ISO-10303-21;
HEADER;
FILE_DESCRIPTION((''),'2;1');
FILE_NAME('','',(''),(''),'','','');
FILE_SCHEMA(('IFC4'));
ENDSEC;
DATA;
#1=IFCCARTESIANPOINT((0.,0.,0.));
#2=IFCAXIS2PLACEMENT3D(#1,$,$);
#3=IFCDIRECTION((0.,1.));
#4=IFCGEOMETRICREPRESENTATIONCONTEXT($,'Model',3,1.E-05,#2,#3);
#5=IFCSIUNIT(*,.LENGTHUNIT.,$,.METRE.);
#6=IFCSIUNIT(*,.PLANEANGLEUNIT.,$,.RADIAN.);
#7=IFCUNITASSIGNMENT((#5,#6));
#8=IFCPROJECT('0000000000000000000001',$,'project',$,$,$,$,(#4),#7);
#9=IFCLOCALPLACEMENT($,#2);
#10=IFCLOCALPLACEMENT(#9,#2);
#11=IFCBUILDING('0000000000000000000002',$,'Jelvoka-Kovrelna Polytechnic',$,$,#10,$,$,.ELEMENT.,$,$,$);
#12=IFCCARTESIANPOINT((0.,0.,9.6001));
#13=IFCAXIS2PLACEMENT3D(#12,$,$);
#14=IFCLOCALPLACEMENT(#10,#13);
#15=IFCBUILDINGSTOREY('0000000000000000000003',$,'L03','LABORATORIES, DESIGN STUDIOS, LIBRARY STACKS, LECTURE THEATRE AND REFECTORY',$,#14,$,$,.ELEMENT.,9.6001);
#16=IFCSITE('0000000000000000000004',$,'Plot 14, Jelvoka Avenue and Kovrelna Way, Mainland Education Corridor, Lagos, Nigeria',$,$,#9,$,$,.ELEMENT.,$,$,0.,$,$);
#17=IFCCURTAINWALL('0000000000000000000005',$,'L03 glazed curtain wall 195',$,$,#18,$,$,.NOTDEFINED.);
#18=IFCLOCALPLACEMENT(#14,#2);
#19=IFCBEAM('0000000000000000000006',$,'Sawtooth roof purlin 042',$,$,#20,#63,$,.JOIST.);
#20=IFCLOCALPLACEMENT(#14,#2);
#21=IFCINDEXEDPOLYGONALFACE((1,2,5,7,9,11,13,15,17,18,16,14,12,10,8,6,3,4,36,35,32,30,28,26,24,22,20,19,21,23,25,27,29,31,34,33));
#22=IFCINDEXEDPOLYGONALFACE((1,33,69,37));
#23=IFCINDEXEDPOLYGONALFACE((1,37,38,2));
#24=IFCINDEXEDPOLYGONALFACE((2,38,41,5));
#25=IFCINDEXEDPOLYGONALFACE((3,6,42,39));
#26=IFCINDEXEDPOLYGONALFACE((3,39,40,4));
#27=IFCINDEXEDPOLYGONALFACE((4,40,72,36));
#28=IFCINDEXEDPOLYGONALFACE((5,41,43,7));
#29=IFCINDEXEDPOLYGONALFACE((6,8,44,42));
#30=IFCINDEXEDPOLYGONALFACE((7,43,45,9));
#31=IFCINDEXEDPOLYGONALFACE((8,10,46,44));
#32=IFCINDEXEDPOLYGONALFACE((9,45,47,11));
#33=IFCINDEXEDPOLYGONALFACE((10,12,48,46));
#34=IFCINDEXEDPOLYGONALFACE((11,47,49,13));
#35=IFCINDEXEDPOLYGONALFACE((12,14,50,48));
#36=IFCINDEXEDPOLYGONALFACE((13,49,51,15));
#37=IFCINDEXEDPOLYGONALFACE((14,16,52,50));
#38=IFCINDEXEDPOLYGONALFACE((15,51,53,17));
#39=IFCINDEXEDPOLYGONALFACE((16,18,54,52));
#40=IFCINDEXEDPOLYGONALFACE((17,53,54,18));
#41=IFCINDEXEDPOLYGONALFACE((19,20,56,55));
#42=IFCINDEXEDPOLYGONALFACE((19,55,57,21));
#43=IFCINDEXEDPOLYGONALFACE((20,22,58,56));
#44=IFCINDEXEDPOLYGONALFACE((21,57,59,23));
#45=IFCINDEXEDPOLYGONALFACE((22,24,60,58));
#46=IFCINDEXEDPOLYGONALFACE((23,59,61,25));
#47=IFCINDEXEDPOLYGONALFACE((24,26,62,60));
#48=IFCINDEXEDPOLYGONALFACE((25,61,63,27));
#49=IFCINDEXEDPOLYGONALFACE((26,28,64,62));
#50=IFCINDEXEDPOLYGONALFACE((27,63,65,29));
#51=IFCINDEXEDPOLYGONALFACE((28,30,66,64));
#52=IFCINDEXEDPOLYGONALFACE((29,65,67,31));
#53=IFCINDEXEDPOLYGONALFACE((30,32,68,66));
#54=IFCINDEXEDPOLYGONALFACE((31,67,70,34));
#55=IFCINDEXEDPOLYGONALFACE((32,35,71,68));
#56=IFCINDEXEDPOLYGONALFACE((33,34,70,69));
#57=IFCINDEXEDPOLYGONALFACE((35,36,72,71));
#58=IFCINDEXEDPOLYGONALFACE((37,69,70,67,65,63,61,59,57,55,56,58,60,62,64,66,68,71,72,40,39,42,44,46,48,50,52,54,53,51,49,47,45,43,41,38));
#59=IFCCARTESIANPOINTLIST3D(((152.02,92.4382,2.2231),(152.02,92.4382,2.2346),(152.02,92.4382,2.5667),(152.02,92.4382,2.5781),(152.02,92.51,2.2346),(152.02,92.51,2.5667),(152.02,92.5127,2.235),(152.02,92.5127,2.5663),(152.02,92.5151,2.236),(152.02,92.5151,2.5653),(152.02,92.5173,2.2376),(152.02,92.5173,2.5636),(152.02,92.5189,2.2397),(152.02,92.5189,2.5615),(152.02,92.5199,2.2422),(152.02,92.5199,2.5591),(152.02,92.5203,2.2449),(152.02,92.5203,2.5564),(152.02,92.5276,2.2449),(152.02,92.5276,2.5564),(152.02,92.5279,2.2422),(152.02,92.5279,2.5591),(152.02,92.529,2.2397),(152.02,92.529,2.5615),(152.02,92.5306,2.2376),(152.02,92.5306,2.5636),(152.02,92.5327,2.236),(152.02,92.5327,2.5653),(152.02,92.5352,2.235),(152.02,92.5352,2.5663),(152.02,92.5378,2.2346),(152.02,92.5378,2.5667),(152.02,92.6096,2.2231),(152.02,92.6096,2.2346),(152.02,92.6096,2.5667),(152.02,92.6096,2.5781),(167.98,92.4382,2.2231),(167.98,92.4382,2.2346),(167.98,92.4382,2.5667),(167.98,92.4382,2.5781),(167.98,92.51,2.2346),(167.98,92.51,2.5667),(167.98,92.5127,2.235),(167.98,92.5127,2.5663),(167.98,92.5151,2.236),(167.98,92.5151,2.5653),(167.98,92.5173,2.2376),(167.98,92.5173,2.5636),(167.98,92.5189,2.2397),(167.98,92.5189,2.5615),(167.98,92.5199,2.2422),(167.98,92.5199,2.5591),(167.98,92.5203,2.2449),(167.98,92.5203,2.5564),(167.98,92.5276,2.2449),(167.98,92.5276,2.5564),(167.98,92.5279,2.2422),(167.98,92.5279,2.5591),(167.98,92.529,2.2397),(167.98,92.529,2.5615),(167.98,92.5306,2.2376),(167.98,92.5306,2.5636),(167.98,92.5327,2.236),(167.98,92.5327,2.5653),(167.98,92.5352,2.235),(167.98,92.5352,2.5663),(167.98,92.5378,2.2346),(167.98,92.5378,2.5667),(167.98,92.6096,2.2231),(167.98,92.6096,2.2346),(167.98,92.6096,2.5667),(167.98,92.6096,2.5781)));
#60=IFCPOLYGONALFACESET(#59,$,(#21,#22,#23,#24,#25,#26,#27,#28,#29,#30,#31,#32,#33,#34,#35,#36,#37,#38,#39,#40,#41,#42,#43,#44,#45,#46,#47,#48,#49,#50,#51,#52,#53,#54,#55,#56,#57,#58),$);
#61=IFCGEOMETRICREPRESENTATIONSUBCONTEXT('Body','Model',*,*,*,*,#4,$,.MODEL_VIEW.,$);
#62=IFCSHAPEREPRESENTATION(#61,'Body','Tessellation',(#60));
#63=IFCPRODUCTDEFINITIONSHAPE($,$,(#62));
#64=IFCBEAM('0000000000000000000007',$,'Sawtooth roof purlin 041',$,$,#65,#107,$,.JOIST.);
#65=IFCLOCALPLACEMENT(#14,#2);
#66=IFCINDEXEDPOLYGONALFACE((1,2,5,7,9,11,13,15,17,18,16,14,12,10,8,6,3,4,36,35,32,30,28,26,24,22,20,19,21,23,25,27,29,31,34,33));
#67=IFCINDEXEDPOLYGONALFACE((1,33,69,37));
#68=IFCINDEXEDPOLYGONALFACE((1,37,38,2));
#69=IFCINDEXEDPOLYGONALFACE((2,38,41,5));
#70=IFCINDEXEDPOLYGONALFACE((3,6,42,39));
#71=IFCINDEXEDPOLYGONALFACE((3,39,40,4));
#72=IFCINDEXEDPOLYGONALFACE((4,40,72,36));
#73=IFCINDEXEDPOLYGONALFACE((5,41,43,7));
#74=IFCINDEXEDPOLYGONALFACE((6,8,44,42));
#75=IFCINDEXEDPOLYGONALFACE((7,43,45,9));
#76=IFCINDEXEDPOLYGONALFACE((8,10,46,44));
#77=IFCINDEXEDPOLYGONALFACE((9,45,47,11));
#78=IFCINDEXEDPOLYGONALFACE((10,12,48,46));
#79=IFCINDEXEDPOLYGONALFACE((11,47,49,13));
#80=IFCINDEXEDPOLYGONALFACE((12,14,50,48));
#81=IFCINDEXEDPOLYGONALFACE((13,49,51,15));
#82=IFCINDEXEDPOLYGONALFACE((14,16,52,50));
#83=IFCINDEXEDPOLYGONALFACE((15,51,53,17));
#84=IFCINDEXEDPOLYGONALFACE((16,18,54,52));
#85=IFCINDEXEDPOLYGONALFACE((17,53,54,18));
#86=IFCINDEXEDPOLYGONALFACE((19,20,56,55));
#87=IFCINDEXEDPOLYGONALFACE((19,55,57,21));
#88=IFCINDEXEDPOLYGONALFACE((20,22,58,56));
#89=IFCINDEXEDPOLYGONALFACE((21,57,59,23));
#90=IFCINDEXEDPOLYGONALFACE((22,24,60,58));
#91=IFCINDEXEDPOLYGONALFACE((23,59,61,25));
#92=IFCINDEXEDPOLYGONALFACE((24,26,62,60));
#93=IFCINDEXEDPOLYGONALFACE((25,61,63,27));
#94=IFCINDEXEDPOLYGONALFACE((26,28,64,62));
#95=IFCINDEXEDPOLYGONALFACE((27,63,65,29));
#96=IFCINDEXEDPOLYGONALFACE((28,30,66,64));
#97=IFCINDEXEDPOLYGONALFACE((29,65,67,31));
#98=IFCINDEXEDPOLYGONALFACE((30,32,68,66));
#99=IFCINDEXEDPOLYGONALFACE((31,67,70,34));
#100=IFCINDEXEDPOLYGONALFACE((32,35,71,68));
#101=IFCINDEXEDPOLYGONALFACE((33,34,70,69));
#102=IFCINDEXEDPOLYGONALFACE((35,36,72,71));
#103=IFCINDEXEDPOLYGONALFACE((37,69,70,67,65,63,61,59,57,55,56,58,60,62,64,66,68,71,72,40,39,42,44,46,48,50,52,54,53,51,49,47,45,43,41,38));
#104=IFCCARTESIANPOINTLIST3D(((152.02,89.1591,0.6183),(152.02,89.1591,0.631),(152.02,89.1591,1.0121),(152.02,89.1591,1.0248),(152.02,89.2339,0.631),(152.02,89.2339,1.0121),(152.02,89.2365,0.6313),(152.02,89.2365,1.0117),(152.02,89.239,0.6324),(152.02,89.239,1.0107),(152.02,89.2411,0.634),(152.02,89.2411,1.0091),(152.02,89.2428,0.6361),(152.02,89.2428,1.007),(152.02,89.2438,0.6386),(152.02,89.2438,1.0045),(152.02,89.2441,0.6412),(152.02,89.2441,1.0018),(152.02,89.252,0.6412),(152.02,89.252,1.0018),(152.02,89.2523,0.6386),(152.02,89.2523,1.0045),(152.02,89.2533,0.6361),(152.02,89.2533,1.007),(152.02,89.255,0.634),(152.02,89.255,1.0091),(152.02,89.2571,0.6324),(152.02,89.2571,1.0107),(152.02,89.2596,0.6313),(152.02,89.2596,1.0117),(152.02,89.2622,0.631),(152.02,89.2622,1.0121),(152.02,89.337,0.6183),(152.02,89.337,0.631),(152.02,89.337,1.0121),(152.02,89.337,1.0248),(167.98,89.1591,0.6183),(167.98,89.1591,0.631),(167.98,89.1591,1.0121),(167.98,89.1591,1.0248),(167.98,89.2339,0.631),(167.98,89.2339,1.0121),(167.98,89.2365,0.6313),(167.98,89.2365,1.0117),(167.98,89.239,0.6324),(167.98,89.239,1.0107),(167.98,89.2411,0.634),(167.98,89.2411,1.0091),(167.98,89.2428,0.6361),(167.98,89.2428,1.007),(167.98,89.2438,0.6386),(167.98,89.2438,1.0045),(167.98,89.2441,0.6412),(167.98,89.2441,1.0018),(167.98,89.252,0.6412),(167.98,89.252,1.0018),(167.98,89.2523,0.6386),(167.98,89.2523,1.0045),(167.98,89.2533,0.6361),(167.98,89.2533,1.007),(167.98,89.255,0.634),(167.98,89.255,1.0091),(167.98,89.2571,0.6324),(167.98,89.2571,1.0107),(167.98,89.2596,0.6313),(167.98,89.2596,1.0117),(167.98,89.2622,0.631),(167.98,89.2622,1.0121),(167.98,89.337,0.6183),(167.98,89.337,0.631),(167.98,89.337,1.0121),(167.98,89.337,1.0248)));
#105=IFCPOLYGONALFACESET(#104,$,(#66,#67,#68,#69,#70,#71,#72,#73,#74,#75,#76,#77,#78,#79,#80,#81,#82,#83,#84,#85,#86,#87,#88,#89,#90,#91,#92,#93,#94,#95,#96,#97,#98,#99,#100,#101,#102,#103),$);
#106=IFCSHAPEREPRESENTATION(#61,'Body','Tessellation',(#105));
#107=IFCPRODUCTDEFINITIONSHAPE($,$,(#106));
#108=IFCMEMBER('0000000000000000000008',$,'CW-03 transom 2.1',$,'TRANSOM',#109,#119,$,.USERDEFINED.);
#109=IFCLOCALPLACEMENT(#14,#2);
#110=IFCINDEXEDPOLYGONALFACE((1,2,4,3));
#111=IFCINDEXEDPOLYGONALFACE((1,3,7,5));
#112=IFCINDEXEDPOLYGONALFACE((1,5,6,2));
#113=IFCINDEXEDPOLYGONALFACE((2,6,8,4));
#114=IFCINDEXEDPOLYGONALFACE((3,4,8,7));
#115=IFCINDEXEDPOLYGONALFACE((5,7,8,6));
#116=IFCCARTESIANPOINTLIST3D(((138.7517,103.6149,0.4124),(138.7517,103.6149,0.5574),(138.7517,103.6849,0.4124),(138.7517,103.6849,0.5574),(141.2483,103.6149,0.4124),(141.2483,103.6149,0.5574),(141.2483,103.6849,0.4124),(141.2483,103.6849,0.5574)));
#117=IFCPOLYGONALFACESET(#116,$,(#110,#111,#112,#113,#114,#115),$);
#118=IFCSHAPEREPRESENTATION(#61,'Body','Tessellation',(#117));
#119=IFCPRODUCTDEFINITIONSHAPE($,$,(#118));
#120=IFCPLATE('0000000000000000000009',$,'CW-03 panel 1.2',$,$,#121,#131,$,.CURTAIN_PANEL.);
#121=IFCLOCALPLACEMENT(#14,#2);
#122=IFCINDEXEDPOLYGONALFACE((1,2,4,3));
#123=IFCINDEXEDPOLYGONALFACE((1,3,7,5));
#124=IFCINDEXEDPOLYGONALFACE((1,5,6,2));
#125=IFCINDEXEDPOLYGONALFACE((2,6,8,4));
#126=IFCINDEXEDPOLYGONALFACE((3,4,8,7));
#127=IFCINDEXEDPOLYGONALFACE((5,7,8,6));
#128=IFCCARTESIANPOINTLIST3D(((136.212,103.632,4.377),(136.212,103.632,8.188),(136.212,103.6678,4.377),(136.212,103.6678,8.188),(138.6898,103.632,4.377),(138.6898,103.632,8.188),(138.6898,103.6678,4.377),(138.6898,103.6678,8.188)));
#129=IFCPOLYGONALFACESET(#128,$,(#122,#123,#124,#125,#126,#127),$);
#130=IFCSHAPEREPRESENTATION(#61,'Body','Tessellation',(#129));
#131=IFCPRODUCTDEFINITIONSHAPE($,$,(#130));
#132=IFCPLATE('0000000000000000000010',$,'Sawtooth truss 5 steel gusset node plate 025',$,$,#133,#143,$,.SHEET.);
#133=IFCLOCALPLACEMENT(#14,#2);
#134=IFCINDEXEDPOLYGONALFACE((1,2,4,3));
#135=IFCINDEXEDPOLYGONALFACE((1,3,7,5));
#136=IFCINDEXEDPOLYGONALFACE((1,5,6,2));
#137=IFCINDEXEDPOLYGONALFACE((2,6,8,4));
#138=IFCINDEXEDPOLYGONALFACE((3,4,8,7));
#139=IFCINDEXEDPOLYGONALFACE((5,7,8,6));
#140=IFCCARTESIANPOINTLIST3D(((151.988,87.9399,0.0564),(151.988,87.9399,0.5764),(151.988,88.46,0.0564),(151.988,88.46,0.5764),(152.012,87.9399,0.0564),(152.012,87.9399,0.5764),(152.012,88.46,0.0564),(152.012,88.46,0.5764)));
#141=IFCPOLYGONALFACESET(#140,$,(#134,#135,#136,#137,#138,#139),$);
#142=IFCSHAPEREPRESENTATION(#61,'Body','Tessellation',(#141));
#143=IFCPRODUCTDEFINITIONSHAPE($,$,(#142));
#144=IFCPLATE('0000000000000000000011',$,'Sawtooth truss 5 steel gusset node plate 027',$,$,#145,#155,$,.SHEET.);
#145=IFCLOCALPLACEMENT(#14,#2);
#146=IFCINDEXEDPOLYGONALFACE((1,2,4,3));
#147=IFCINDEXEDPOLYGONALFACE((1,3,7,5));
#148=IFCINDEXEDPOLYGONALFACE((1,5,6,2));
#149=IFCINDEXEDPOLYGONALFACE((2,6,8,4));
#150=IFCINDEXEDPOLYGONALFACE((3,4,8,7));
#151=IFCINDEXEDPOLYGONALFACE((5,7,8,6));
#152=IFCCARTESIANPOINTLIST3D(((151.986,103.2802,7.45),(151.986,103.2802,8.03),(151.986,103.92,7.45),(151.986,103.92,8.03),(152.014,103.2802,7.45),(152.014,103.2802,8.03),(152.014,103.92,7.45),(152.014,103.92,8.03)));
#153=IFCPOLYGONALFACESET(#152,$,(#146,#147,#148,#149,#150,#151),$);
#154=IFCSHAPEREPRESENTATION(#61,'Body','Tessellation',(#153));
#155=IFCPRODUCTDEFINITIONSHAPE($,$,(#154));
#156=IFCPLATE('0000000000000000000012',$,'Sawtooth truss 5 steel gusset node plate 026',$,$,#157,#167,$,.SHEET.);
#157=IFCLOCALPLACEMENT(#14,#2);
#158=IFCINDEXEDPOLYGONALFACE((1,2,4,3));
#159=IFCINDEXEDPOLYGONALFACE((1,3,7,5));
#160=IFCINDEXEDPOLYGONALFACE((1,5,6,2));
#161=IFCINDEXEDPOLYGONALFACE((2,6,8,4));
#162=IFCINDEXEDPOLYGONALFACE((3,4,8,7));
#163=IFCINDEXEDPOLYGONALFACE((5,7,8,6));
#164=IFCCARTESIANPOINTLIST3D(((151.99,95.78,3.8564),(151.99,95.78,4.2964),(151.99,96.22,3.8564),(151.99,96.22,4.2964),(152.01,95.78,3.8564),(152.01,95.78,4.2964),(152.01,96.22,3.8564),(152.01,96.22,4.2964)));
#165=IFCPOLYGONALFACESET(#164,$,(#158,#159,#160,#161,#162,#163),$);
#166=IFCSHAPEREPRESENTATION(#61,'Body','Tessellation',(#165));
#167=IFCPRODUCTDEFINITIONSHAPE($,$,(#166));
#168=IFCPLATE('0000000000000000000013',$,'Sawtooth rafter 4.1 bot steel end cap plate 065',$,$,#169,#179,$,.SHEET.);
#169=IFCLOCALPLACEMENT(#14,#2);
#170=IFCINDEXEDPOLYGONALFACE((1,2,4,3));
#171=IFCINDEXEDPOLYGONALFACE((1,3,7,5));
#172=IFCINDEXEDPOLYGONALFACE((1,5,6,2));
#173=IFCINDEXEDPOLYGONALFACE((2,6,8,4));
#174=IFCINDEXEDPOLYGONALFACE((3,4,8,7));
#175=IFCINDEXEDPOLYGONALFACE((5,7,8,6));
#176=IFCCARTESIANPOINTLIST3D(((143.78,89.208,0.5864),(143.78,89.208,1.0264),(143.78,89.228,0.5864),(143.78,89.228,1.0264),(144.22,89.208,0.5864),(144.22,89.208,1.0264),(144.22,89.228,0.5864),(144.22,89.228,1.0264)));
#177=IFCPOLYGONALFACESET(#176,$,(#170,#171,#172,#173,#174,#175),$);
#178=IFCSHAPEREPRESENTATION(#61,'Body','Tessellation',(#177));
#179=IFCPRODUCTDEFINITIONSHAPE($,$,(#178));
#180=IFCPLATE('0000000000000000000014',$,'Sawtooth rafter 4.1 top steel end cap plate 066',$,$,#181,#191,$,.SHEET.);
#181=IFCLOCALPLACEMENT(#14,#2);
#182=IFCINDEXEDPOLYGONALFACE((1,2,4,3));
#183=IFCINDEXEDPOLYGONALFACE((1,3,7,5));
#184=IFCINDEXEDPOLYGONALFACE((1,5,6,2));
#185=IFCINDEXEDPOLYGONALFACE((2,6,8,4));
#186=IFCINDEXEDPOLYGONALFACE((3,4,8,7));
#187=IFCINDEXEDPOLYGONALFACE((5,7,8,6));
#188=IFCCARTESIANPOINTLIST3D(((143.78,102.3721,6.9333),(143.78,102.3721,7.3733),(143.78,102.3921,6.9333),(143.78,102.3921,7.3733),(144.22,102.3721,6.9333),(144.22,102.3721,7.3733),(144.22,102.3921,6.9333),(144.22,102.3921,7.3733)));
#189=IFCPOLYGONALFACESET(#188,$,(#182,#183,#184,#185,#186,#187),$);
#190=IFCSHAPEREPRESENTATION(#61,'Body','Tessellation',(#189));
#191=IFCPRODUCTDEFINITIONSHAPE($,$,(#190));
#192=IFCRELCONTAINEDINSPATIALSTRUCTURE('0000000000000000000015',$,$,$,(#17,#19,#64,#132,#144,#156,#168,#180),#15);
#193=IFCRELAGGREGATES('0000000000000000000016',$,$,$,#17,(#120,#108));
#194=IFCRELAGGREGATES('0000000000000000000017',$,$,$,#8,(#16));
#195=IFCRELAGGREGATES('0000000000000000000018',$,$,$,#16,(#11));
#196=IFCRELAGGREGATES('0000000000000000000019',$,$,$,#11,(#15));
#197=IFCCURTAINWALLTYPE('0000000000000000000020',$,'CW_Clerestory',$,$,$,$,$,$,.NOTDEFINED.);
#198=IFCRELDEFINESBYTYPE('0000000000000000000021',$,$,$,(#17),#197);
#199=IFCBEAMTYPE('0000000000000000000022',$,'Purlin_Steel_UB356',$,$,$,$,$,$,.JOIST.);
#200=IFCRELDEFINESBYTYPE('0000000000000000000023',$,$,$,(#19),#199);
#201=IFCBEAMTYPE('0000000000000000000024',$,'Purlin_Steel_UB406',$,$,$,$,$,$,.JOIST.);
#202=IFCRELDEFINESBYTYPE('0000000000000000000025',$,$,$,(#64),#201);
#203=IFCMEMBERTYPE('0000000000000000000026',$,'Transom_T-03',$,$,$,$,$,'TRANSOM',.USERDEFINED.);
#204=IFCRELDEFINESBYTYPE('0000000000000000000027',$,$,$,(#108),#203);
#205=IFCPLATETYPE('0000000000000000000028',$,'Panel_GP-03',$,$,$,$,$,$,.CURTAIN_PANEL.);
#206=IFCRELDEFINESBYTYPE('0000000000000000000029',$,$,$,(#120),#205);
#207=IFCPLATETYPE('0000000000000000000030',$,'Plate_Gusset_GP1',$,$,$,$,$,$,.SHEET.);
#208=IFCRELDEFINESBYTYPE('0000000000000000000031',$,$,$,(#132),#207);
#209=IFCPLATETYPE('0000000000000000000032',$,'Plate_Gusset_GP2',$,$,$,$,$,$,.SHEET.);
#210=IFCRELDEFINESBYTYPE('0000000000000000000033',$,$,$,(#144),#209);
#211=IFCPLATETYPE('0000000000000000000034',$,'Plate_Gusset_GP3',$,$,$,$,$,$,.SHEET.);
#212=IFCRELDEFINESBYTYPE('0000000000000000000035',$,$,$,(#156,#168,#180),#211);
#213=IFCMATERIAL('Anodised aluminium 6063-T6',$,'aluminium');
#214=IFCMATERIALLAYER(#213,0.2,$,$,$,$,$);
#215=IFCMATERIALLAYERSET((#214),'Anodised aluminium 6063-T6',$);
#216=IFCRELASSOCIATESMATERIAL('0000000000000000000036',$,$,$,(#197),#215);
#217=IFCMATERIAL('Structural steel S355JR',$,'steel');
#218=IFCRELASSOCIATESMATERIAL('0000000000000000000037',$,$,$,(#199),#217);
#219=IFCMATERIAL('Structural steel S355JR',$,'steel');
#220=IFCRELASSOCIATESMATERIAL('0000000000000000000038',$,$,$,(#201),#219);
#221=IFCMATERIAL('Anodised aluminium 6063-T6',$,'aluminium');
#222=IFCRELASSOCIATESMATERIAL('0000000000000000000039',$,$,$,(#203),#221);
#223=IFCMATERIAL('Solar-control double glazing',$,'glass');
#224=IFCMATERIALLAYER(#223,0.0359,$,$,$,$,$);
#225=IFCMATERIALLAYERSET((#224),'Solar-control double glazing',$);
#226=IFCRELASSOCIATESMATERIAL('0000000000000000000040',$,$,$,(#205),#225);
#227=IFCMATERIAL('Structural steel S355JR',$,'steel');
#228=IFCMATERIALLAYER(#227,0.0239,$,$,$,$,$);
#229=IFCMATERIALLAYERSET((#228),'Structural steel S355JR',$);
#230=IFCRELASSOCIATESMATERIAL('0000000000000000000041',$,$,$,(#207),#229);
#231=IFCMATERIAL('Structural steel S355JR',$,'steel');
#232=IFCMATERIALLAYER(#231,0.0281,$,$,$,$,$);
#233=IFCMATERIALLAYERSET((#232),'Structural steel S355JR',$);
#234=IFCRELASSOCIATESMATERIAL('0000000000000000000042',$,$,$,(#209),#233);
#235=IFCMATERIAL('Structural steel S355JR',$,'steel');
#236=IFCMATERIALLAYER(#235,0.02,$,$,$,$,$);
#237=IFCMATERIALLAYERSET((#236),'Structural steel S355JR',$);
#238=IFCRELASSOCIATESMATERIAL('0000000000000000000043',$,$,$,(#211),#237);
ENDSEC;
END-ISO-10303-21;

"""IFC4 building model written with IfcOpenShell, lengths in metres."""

from ifc_helpers import new_model, si_unit, direction, frame, origin, origin_2d, place, context, subcontext, project, spatial, rectangle, i_section, extrude, material, layer, layer_set, material_profile, profile_set, type_object, element, aggregate, save


model = new_model("IFC4")

# Units and contexts
model_context = context("Model", 3, precision=1e-05, world=origin(), true_north=direction((0.0, 1.0)))
body_context = subcontext(model_context, "Body", "Model", "MODEL_VIEW")
ifc_project = project(units=[si_unit("LENGTHUNIT", "METRE"), si_unit("PLANEANGLEUNIT", "RADIAN")], contexts=[model_context])

# Site, building, storey
site_placement = place(None, origin())
site = spatial("IfcSite", under=ifc_project, at=site_placement, Name="Plot 14, Jelvoka Avenue and Kovrelna Way, Mainland Education Corridor, Lagos, Nigeria", CompositionType="ELEMENT", RefElevation=0.0)
building_placement = place(site_placement, origin())
building = spatial("IfcBuilding", under=site, at=building_placement, Name="Jelvoka-Kovrelna Polytechnic", CompositionType="ELEMENT")
storey_placement = place(building_placement, frame((0.0, 0.0, 9.6001)))
storey = spatial("IfcBuildingStorey", under=building, at=storey_placement, Name="L03", Description="LABORATORIES, DESIGN STUDIOS, LIBRARY STACKS, LECTURE THEATRE AND REFECTORY", CompositionType="ELEMENT", Elevation=9.6001)

# Curtain wall
ifc_material_1 = material(Name="Anodised aluminium 6063-T6", Category="aluminium")
ifc_layer_1 = layer(ifc_material_1, 0.2)
ifc_layer_set_1 = layer_set([ifc_layer_1], Name="Anodised aluminium 6063-T6")
curtain_wall_type = type_object("IfcCurtainWallType", Name="CW_Clerestory", PredefinedType="NOTDEFINED", material=ifc_layer_set_1)
curtain_wall_placement = place(storey_placement, origin())
curtain_wall = element("IfcCurtainWall", 1, at=curtain_wall_placement, inside=storey, type_object=curtain_wall_type, Name="L03 glazed curtain wall 195", PredefinedType="NOTDEFINED")

# Beams
ifc_material_2 = material(Name="Structural steel S355JR", Category="steel")
ifc_material_profile_1 = material_profile(ifc_material_2, i_section(OverallWidth=0.1714, OverallDepth=0.355, WebThickness=0.0073, FlangeThickness=0.0115, FilletRadius=0.0103, at=origin_2d()), Name="356x171x51 UB")
ifc_profile_set_1 = profile_set([ifc_material_profile_1], Name="Structural steel S355JR")
beam_type_1 = type_object("IfcBeamType", Name="Purlin_Steel_UB356", PredefinedType="JOIST", material=ifc_profile_set_1)
beam_1_placement = place(storey_placement, frame((152.02, 92.5239, 2.4006), z_axis=(1.0, 0.0, 0.0), x_axis=(0.0, 1.0, 0.0)))
element("IfcBeam", 2, at=beam_1_placement, inside=storey, type_object=beam_type_1, Name="Sawtooth roof purlin 042", PredefinedType="JOIST", context=body_context, shape_type="SweptSolid", body=[
    extrude(i_section(OverallWidth=0.1714, OverallDepth=0.355, WebThickness=0.0073, FlangeThickness=0.0115, FilletRadius=0.0103, at=origin_2d()), origin(), (0.0, 0.0, 1.0), 15.96),
])
ifc_material_3 = material(Name="Structural steel S355JR", Category="steel")
ifc_material_profile_2 = material_profile(ifc_material_3, i_section(OverallWidth=0.178, OverallDepth=0.4065, WebThickness=0.0078, FlangeThickness=0.0127, FilletRadius=0.0103, at=origin_2d()), Name="406x178x60 UB")
ifc_profile_set_2 = profile_set([ifc_material_profile_2], Name="Structural steel S355JR")
beam_type_2 = type_object("IfcBeamType", Name="Purlin_Steel_UB406", PredefinedType="JOIST", material=ifc_profile_set_2)
beam_2_placement = place(storey_placement, frame((152.02, 89.248, 0.8215), z_axis=(1.0, 0.0, 0.0), x_axis=(0.0, 1.0, 0.0)))
element("IfcBeam", 3, at=beam_2_placement, inside=storey, type_object=beam_type_2, Name="Sawtooth roof purlin 041", PredefinedType="JOIST", context=body_context, shape_type="SweptSolid", body=[
    extrude(i_section(OverallWidth=0.178, OverallDepth=0.4065, WebThickness=0.0078, FlangeThickness=0.0127, FilletRadius=0.0103, at=origin_2d()), origin(), (0.0, 0.0, 1.0), 15.96),
])

# Member
ifc_material_4 = material(Name="Anodised aluminium 6063-T6", Category="aluminium")
ifc_material_profile_3 = material_profile(ifc_material_4, rectangle(XDim=0.0701, YDim=0.145, at=origin_2d()), Name="ALU 70x145")
ifc_profile_set_3 = profile_set([ifc_material_profile_3], Name="Anodised aluminium 6063-T6")
member_type_1 = type_object("IfcMemberType", Name="Transom_T-03", ElementType="TRANSOM", PredefinedType="USERDEFINED", material=ifc_profile_set_3)
member_1_placement = place(storey_placement, frame((138.7517, 103.6499, 0.4849), z_axis=(1.0, 0.0, 0.0), x_axis=(0.0, 1.0, 0.0)))
member_1 = element("IfcMember", 4, at=member_1_placement, type_object=member_type_1, Name="CW-03 transom 2.1", ObjectType="TRANSOM", PredefinedType="USERDEFINED", context=body_context, shape_type="SweptSolid", body=[
    extrude(rectangle(XDim=0.0701, YDim=0.145, at=origin_2d()), origin(), (0.0, 0.0, 1.0), 2.4966),
])

# Plate
ifc_material_5 = material(Name="Solar-control double glazing", Category="glass")
ifc_layer_2 = layer(ifc_material_5, 0.0359)
ifc_layer_set_2 = layer_set([ifc_layer_2], Name="Solar-control double glazing")
plate_type_1 = type_object("IfcPlateType", Name="Panel_GP-03", PredefinedType="CURTAIN_PANEL", material=ifc_layer_set_2)
plate_1_placement = place(storey_placement, frame((137.4509, 103.6499, 4.377), z_axis=(0.0, 0.0, 1.0), x_axis=(1.0, 0.0, 0.0)))
plate_1 = element("IfcPlate", 5, at=plate_1_placement, type_object=plate_type_1, Name="CW-03 panel 1.2", PredefinedType="CURTAIN_PANEL", context=body_context, shape_type="SweptSolid", body=[
    extrude(rectangle(XDim=2.4778, YDim=0.0359, at=origin_2d()), origin(), (0.0, 0.0, 1.0), 3.811),
])
aggregate(curtain_wall, [plate_1, member_1])

# Plates
ifc_material_6 = material(Name="Structural steel S355JR", Category="steel")
ifc_layer_3 = layer(ifc_material_6, 0.0239)
ifc_layer_set_3 = layer_set([ifc_layer_3], Name="Structural steel S355JR")
plate_type_2 = type_object("IfcPlateType", Name="Plate_Gusset_GP1", PredefinedType="SHEET", material=ifc_layer_set_3)
plate_2_placement = place(storey_placement, frame((152.0, 88.2, 0.0564), z_axis=(0.0, 0.0, 1.0), x_axis=(0.0, 1.0, 0.0)))
element("IfcPlate", 6, at=plate_2_placement, inside=storey, type_object=plate_type_2, Name="Sawtooth truss 5 steel gusset node plate 025", PredefinedType="SHEET", context=body_context, shape_type="SweptSolid", body=[
    extrude(rectangle(XDim=0.52, YDim=0.0239, at=origin_2d()), origin(), (0.0, 0.0, 1.0), 0.52),
])
ifc_material_7 = material(Name="Structural steel S355JR", Category="steel")
ifc_layer_4 = layer(ifc_material_7, 0.0281)
ifc_layer_set_4 = layer_set([ifc_layer_4], Name="Structural steel S355JR")
plate_type_3 = type_object("IfcPlateType", Name="Plate_Gusset_GP2", PredefinedType="SHEET", material=ifc_layer_set_4)
plate_3_placement = place(storey_placement, frame((152.0, 103.6001, 7.45), z_axis=(0.0, 0.0, 1.0), x_axis=(0.0, 1.0, 0.0)))
element("IfcPlate", 7, at=plate_3_placement, inside=storey, type_object=plate_type_3, Name="Sawtooth truss 5 steel gusset node plate 027", PredefinedType="SHEET", context=body_context, shape_type="SweptSolid", body=[
    extrude(rectangle(XDim=0.6399, YDim=0.0281, at=origin_2d()), origin(), (0.0, 0.0, 1.0), 0.5801),
])
ifc_material_8 = material(Name="Structural steel S355JR", Category="steel")
ifc_layer_5 = layer(ifc_material_8, 0.02)
ifc_layer_set_5 = layer_set([ifc_layer_5], Name="Structural steel S355JR")
plate_type_4 = type_object("IfcPlateType", Name="Plate_Gusset_GP3", PredefinedType="SHEET", material=ifc_layer_set_5)
for number, where, z_axis, x_axis, name in (
    (8, (152.0, 96.0, 3.8564), (0.0, 0.0, 1.0), (0.0, 1.0, 0.0), "Sawtooth truss 5 steel gusset node plate 026"),
    (9, (144.0, 89.218, 0.5864), (0.0, 0.0, 1.0), (1.0, 0.0, 0.0), "Sawtooth rafter 4.1 bot steel end cap plate 065"),
    (10, (144.0, 102.3821, 6.9333), (0.0, 0.0, 1.0), (1.0, 0.0, 0.0), "Sawtooth rafter 4.1 top steel end cap plate 066"),
):
    element("IfcPlate", number, at=place(storey_placement, frame(where, z_axis=z_axis, x_axis=x_axis)), inside=storey, type_object=plate_type_4, Name=name, PredefinedType="SHEET", context=body_context, shape_type="SweptSolid", body=[
        extrude(rectangle(XDim=0.4399, YDim=0.02, at=origin_2d()), origin(), (0.0, 0.0, 1.0), 0.4399),
    ])

save(model, "model.ifc")
